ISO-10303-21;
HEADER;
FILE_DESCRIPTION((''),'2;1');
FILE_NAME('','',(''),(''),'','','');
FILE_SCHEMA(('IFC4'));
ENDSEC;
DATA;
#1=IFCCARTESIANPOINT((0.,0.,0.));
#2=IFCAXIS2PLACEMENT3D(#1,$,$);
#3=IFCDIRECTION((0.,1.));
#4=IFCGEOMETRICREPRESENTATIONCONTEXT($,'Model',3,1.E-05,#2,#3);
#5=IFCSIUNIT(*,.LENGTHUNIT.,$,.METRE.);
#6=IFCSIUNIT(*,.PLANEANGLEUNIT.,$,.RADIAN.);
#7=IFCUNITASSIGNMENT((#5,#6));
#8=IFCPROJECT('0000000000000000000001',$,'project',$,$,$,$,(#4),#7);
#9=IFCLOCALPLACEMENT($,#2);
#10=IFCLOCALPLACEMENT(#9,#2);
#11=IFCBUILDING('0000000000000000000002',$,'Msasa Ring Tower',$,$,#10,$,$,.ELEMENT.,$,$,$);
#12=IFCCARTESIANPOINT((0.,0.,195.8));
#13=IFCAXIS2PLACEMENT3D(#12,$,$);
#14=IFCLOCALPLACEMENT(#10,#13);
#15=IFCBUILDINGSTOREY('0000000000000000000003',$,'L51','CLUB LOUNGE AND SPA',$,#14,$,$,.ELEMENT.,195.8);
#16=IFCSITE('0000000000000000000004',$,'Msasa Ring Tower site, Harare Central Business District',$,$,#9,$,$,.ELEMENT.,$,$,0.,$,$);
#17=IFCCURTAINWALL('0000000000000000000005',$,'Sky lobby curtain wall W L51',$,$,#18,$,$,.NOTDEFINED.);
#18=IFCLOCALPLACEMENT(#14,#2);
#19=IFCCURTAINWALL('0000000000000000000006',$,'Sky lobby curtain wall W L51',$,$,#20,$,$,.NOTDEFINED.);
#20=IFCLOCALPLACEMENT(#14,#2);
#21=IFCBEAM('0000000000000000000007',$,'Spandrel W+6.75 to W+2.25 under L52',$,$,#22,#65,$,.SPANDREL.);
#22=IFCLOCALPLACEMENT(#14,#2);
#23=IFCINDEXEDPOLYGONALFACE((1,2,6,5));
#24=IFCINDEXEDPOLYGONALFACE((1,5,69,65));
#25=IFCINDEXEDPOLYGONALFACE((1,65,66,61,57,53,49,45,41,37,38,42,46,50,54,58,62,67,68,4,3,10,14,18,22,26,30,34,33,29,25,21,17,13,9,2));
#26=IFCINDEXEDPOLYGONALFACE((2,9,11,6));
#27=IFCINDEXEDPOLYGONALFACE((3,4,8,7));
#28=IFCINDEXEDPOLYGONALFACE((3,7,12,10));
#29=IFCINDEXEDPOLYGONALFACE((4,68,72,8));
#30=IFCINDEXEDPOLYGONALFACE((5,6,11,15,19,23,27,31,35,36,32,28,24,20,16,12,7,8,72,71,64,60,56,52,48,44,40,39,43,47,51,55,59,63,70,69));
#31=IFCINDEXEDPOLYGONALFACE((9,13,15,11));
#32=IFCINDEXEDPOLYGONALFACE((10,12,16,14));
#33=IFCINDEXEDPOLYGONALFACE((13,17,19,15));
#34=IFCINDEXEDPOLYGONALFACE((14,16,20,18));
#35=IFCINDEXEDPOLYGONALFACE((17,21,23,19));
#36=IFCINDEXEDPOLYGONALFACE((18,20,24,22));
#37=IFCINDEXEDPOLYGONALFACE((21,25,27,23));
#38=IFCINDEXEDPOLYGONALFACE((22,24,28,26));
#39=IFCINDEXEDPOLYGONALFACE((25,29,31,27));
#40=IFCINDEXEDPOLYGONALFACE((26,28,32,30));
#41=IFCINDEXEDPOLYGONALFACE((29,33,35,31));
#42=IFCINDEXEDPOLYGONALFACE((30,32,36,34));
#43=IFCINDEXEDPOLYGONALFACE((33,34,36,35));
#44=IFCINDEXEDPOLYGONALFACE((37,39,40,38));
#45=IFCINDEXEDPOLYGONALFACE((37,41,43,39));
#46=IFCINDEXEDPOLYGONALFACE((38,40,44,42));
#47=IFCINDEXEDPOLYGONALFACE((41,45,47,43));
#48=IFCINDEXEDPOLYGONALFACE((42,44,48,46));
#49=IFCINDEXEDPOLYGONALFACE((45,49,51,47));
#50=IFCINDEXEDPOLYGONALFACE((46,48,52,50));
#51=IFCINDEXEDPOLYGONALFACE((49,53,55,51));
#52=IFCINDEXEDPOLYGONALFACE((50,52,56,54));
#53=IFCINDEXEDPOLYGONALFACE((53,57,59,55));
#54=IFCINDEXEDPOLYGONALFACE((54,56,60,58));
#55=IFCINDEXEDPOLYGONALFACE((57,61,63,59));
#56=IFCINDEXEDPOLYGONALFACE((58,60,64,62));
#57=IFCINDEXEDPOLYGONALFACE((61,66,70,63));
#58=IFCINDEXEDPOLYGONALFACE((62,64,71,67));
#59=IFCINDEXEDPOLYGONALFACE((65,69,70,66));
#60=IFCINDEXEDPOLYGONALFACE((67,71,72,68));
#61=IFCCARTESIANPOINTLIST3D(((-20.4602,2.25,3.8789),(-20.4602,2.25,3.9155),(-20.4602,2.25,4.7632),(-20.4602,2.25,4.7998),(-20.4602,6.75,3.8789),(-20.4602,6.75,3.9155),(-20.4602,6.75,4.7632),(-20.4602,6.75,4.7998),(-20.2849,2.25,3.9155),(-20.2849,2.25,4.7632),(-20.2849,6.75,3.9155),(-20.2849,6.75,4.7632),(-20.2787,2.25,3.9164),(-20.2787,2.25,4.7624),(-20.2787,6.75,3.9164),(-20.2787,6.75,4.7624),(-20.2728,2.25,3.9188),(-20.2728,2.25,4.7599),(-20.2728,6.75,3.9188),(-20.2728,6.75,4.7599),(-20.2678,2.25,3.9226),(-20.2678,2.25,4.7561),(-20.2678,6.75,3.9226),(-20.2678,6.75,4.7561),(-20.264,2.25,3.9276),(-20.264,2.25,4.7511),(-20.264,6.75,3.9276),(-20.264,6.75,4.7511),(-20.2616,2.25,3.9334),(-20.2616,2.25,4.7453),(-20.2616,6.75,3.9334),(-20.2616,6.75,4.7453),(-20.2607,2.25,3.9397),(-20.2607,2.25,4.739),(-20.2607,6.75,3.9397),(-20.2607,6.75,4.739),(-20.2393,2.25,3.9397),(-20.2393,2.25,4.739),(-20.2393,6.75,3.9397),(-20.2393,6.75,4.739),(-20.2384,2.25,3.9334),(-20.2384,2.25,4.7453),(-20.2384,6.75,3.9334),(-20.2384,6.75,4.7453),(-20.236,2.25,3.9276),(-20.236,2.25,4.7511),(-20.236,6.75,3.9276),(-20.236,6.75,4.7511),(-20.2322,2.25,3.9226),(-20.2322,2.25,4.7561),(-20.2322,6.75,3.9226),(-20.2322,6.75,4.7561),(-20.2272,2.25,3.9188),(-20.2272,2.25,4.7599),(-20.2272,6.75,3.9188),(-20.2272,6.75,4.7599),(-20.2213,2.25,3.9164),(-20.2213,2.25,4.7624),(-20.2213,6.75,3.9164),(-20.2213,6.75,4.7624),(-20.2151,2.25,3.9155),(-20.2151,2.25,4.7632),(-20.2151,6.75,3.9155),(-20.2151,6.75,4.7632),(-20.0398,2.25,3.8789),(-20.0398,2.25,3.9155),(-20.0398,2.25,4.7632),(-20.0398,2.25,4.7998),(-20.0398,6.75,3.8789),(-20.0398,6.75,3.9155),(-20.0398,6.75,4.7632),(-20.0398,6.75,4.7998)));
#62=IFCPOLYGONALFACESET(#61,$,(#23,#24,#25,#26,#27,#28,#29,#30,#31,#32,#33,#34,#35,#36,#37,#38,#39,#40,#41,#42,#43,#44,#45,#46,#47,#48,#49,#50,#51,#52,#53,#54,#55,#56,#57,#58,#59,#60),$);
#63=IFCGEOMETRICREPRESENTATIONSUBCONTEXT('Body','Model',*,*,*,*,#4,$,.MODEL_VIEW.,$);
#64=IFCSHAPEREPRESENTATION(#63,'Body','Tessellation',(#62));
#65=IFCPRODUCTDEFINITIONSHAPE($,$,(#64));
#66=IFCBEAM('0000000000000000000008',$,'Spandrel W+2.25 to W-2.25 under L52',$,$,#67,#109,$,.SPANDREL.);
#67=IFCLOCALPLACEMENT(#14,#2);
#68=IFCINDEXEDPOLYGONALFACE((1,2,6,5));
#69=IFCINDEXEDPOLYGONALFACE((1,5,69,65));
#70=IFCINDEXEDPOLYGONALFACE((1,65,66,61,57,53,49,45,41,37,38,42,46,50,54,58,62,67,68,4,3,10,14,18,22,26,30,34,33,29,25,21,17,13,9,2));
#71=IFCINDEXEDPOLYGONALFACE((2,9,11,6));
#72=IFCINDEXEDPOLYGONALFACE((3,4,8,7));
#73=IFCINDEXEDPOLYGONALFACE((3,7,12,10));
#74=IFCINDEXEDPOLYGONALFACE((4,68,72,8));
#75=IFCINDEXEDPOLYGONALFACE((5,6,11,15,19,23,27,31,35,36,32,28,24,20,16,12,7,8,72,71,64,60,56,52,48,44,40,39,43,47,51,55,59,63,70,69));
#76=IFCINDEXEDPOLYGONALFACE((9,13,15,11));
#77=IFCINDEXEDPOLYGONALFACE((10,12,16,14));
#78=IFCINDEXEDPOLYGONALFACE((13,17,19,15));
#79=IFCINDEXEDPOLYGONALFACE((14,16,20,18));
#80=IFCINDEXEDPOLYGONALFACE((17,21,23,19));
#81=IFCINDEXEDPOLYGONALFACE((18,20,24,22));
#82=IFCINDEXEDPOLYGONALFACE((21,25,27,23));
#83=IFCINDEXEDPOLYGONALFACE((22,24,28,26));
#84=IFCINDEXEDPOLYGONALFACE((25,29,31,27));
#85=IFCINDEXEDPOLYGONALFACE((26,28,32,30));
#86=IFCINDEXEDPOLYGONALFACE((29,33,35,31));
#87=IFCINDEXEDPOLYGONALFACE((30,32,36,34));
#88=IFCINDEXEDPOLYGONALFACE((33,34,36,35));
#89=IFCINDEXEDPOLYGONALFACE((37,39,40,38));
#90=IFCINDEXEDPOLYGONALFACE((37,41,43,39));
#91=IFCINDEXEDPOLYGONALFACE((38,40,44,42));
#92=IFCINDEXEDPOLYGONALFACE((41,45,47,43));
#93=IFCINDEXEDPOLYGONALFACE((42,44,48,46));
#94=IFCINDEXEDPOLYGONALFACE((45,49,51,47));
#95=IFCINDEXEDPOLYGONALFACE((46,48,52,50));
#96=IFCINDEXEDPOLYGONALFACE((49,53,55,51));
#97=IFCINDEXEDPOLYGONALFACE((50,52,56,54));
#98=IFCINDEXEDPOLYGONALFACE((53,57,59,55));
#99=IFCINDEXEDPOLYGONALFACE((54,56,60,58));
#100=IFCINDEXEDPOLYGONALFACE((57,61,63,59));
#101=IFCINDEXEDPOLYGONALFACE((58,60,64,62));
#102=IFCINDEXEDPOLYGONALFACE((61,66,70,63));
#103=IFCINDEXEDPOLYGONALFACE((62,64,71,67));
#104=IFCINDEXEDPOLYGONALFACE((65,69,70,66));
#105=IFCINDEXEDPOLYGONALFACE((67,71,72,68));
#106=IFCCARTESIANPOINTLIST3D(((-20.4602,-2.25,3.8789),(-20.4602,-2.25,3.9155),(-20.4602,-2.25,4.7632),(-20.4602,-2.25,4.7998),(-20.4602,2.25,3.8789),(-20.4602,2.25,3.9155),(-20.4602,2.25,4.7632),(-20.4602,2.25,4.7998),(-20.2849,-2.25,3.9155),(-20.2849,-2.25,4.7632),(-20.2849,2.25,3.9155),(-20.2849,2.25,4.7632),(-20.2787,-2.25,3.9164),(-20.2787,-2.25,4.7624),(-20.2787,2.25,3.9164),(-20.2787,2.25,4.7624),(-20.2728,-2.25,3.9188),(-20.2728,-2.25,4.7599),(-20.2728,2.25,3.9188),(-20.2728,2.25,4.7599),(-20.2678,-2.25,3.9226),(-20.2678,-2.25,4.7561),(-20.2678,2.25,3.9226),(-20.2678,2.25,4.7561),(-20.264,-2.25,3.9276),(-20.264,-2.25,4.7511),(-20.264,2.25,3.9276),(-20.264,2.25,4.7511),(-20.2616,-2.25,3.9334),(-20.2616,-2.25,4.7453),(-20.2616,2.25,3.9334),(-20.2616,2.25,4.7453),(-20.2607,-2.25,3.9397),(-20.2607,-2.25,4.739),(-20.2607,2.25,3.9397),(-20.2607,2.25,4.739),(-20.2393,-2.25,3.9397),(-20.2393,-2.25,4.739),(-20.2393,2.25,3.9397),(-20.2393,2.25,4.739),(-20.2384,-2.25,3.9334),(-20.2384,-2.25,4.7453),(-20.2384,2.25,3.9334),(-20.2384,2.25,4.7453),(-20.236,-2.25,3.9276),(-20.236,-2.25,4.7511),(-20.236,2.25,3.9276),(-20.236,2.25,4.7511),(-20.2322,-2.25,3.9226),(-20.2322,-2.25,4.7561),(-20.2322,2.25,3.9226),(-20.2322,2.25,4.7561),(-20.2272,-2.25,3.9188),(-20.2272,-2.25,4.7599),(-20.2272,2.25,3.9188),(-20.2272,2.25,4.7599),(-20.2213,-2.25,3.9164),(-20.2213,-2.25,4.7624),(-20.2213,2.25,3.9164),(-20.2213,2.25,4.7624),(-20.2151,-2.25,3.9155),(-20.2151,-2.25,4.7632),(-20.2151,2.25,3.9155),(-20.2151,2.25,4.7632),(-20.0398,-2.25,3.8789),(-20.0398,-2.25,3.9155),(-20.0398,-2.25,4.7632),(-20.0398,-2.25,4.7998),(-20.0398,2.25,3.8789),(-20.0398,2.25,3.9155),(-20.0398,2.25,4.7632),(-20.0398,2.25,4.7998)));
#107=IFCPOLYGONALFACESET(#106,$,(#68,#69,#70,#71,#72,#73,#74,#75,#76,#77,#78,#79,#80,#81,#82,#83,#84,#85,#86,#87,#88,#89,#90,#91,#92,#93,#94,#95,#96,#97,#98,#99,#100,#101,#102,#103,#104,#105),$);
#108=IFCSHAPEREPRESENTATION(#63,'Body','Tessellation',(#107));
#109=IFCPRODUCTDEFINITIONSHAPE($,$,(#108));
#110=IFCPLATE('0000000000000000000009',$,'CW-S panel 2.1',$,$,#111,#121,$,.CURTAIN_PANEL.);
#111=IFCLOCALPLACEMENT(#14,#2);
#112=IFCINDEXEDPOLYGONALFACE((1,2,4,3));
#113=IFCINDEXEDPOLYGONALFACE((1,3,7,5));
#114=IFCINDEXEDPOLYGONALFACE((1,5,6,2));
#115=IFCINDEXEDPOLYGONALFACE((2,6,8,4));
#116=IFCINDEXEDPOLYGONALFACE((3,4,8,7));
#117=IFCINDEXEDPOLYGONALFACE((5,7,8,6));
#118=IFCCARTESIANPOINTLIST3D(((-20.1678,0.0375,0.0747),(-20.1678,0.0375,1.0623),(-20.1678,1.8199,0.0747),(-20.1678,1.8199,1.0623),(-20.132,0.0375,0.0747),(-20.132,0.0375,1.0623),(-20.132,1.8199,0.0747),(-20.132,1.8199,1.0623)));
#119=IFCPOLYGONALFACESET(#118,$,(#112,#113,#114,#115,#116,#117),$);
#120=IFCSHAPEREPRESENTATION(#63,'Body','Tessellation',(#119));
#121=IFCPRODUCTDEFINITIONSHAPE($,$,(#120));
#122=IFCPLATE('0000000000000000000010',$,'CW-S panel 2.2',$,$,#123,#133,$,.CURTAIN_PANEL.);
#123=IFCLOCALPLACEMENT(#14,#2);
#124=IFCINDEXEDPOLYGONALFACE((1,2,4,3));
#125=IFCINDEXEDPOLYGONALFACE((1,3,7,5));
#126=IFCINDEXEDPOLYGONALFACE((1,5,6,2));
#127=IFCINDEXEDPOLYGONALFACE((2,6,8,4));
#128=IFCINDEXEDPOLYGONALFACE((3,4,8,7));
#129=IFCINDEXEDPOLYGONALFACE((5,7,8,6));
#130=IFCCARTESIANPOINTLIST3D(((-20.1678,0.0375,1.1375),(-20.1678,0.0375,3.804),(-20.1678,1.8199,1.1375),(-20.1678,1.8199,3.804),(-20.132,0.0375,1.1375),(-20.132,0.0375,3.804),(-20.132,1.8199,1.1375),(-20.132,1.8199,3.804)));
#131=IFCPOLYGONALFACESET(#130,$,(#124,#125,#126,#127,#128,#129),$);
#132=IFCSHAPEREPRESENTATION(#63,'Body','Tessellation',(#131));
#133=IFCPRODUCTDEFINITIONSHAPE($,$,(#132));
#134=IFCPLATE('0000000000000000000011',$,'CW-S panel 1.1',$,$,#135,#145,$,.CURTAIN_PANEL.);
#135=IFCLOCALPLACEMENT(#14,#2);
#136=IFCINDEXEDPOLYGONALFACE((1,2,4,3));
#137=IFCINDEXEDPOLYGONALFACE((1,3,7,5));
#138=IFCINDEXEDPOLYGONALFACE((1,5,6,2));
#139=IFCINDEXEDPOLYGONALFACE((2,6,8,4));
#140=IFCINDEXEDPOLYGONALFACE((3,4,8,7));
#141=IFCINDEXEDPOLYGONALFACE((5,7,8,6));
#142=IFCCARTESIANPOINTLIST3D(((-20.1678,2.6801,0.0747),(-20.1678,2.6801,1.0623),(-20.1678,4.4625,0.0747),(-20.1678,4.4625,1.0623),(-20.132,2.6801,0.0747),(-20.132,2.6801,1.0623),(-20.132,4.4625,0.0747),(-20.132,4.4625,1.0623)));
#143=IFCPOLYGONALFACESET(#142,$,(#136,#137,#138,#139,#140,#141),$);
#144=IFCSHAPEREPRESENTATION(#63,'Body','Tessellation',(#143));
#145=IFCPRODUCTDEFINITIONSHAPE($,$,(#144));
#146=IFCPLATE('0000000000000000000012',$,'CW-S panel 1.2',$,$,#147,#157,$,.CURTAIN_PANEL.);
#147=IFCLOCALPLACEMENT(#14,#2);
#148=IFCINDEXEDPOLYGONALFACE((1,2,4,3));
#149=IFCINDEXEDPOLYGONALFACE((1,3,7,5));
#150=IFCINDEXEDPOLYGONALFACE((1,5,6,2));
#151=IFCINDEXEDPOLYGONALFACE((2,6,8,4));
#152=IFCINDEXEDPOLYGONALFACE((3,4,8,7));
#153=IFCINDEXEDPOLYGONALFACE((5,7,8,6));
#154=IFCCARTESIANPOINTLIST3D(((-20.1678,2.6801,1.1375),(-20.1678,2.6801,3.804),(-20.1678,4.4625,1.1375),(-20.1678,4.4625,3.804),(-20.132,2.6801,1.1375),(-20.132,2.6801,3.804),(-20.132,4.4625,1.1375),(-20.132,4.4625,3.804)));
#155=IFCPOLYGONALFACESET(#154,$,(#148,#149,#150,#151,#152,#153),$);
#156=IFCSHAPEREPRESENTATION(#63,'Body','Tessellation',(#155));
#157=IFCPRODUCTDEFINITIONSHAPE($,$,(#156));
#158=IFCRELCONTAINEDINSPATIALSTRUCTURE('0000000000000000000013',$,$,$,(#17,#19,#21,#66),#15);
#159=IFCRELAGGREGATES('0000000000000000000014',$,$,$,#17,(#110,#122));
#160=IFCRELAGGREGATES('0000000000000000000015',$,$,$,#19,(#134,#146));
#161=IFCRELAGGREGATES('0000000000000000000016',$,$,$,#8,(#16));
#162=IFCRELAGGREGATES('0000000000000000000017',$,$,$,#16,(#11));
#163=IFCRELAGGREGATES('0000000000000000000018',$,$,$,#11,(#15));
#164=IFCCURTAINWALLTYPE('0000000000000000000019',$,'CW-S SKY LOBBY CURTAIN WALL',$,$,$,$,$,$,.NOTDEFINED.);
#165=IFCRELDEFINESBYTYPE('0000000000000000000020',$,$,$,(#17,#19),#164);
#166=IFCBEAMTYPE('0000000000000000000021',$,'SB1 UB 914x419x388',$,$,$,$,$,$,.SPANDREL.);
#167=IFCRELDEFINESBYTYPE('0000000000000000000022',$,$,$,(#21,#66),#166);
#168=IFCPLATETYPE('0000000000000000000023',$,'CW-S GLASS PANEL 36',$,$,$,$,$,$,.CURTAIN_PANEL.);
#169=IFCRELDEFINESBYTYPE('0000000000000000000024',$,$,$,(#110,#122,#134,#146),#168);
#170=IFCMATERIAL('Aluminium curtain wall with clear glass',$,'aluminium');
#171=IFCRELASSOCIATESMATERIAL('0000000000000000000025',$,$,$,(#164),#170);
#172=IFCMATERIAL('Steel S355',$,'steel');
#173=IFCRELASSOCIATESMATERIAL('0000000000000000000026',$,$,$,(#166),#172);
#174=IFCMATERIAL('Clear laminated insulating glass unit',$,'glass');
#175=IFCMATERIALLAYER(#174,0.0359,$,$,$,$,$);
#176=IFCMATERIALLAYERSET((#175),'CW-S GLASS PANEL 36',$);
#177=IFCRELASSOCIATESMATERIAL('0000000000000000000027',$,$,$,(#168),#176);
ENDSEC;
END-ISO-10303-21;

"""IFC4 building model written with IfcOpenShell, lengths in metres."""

from ifc_helpers import new_model, si_unit, direction, frame, origin, origin_2d, place, context, subcontext, project, spatial, rectangle, i_section, extrude, material, layer, layer_set, material_profile, profile_set, type_object, element, aggregate, save


model = new_model("IFC4")

# Units and contexts
model_context = context("Model", 3, precision=1e-05, world=origin(), true_north=direction((0.0, 1.0)))
body_context = subcontext(model_context, "Body", "Model", "MODEL_VIEW")
ifc_project = project(units=[si_unit("LENGTHUNIT", "METRE"), si_unit("PLANEANGLEUNIT", "RADIAN")], contexts=[model_context])

# Site, building, storey
site_placement = place(None, origin())
site = spatial("IfcSite", under=ifc_project, at=site_placement, Name="Msasa Ring Tower site, Harare Central Business District", CompositionType="ELEMENT", RefElevation=0.0)
building_placement = place(site_placement, origin())
building = spatial("IfcBuilding", under=site, at=building_placement, Name="Msasa Ring Tower", CompositionType="ELEMENT")
storey_placement = place(building_placement, frame((0.0, 0.0, 195.8)))
storey = spatial("IfcBuildingStorey", under=building, at=storey_placement, Name="L51", Description="CLUB LOUNGE AND SPA", CompositionType="ELEMENT", Elevation=195.8)

# Curtain wall
ifc_material_1 = material(Name="Aluminium curtain wall with clear glass", Category="aluminium")
curtain_wall_type = type_object("IfcCurtainWallType", Name="CW-S SKY LOBBY CURTAIN WALL", PredefinedType="NOTDEFINED", material=ifc_material_1)
curtain_wall_1_placement = place(storey_placement, origin())
curtain_wall_1 = element("IfcCurtainWall", 1, at=curtain_wall_1_placement, inside=storey, type_object=curtain_wall_type, Name="Sky lobby curtain wall W L51", PredefinedType="NOTDEFINED")

# Curtain wall
curtain_wall_2_placement = place(storey_placement, origin())
curtain_wall_2 = element("IfcCurtainWall", 2, at=curtain_wall_2_placement, inside=storey, type_object=curtain_wall_type, Name="Sky lobby curtain wall W L51", PredefinedType="NOTDEFINED")

# Beams
ifc_material_2 = material(Name="Steel S355", Category="steel")
ifc_material_profile_1 = material_profile(ifc_material_2, i_section(OverallWidth=0.4204, OverallDepth=0.9209, WebThickness=0.0215, FlangeThickness=0.0366, FilletRadius=0.0242, at=origin_2d()), Name="UB 914x419x388")
ifc_profile_set_1 = profile_set([ifc_material_profile_1], Name="Steel S355")
beam_type_1 = type_object("IfcBeamType", Name="SB1 UB 914x419x388", PredefinedType="SPANDREL", material=ifc_profile_set_1)
for number, where, z_axis, x_axis, name in (
    (3, (-20.25, 6.75, 4.3394), (0.0, -1.0, 0.0), (1.0, 0.0, 0.0), "Spandrel W+6.75 to W+2.25 under L52"),
    (4, (-20.25, 2.25, 4.3394), (0.0, -1.0, 0.0), (1.0, 0.0, 0.0), "Spandrel W+2.25 to W-2.25 under L52"),
):
    element("IfcBeam", number, at=place(storey_placement, frame(where, z_axis=z_axis, x_axis=x_axis)), inside=storey, type_object=beam_type_1, Name=name, PredefinedType="SPANDREL", context=body_context, shape_type="SweptSolid", body=[
        extrude(i_section(OverallWidth=0.4204, OverallDepth=0.9209, WebThickness=0.0215, FlangeThickness=0.0366, FilletRadius=0.0242, at=origin_2d()), origin(), (0.0, 0.0, 1.0), 4.5),
    ])

# Plates
ifc_material_3 = material(Name="Clear laminated insulating glass unit", Category="glass")
ifc_layer = layer(ifc_material_3, 0.0359)
ifc_layer_set = layer_set([ifc_layer], Name="CW-S GLASS PANEL 36")
plate_type = type_object("IfcPlateType", Name="CW-S GLASS PANEL 36", PredefinedType="CURTAIN_PANEL", material=ifc_layer_set)
plate_1_placement = place(storey_placement, frame((-20.1499, 0.9287, 0.0747), z_axis=(0.0, 0.0, 1.0), x_axis=(0.0, 1.0, 0.0)))
plate_1 = element("IfcPlate", 5, at=plate_1_placement, type_object=plate_type, Name="CW-S panel 2.1", PredefinedType="CURTAIN_PANEL", context=body_context, shape_type="SweptSolid", body=[
    extrude(rectangle(XDim=1.7825, YDim=0.0359, at=origin_2d()), origin(), (0.0, 0.0, 1.0), 0.9875),
])
plate_2_placement = place(storey_placement, frame((-20.1499, 0.9287, 1.1375), z_axis=(0.0, 0.0, 1.0), x_axis=(0.0, 1.0, 0.0)))
plate_2 = element("IfcPlate", 6, at=plate_2_placement, type_object=plate_type, Name="CW-S panel 2.2", PredefinedType="CURTAIN_PANEL", context=body_context, shape_type="SweptSolid", body=[
    extrude(rectangle(XDim=1.7825, YDim=0.0359, at=origin_2d()), origin(), (0.0, 0.0, 1.0), 2.6665),
])
aggregate(curtain_wall_1, [plate_1, plate_2])
plate_3_placement = place(storey_placement, frame((-20.1499, 3.5713, 0.0747), z_axis=(0.0, 0.0, 1.0), x_axis=(0.0, 1.0, 0.0)))
plate_3 = element("IfcPlate", 7, at=plate_3_placement, type_object=plate_type, Name="CW-S panel 1.1", PredefinedType="CURTAIN_PANEL", context=body_context, shape_type="SweptSolid", body=[
    extrude(rectangle(XDim=1.7825, YDim=0.0359, at=origin_2d()), origin(), (0.0, 0.0, 1.0), 0.9875),
])
plate_4_placement = place(storey_placement, frame((-20.1499, 3.5713, 1.1375), z_axis=(0.0, 0.0, 1.0), x_axis=(0.0, 1.0, 0.0)))
plate_4 = element("IfcPlate", 8, at=plate_4_placement, type_object=plate_type, Name="CW-S panel 1.2", PredefinedType="CURTAIN_PANEL", context=body_context, shape_type="SweptSolid", body=[
    extrude(rectangle(XDim=1.7825, YDim=0.0359, at=origin_2d()), origin(), (0.0, 0.0, 1.0), 2.6665),
])
aggregate(curtain_wall_2, [plate_3, plate_4])

save(model, "model.ifc")
